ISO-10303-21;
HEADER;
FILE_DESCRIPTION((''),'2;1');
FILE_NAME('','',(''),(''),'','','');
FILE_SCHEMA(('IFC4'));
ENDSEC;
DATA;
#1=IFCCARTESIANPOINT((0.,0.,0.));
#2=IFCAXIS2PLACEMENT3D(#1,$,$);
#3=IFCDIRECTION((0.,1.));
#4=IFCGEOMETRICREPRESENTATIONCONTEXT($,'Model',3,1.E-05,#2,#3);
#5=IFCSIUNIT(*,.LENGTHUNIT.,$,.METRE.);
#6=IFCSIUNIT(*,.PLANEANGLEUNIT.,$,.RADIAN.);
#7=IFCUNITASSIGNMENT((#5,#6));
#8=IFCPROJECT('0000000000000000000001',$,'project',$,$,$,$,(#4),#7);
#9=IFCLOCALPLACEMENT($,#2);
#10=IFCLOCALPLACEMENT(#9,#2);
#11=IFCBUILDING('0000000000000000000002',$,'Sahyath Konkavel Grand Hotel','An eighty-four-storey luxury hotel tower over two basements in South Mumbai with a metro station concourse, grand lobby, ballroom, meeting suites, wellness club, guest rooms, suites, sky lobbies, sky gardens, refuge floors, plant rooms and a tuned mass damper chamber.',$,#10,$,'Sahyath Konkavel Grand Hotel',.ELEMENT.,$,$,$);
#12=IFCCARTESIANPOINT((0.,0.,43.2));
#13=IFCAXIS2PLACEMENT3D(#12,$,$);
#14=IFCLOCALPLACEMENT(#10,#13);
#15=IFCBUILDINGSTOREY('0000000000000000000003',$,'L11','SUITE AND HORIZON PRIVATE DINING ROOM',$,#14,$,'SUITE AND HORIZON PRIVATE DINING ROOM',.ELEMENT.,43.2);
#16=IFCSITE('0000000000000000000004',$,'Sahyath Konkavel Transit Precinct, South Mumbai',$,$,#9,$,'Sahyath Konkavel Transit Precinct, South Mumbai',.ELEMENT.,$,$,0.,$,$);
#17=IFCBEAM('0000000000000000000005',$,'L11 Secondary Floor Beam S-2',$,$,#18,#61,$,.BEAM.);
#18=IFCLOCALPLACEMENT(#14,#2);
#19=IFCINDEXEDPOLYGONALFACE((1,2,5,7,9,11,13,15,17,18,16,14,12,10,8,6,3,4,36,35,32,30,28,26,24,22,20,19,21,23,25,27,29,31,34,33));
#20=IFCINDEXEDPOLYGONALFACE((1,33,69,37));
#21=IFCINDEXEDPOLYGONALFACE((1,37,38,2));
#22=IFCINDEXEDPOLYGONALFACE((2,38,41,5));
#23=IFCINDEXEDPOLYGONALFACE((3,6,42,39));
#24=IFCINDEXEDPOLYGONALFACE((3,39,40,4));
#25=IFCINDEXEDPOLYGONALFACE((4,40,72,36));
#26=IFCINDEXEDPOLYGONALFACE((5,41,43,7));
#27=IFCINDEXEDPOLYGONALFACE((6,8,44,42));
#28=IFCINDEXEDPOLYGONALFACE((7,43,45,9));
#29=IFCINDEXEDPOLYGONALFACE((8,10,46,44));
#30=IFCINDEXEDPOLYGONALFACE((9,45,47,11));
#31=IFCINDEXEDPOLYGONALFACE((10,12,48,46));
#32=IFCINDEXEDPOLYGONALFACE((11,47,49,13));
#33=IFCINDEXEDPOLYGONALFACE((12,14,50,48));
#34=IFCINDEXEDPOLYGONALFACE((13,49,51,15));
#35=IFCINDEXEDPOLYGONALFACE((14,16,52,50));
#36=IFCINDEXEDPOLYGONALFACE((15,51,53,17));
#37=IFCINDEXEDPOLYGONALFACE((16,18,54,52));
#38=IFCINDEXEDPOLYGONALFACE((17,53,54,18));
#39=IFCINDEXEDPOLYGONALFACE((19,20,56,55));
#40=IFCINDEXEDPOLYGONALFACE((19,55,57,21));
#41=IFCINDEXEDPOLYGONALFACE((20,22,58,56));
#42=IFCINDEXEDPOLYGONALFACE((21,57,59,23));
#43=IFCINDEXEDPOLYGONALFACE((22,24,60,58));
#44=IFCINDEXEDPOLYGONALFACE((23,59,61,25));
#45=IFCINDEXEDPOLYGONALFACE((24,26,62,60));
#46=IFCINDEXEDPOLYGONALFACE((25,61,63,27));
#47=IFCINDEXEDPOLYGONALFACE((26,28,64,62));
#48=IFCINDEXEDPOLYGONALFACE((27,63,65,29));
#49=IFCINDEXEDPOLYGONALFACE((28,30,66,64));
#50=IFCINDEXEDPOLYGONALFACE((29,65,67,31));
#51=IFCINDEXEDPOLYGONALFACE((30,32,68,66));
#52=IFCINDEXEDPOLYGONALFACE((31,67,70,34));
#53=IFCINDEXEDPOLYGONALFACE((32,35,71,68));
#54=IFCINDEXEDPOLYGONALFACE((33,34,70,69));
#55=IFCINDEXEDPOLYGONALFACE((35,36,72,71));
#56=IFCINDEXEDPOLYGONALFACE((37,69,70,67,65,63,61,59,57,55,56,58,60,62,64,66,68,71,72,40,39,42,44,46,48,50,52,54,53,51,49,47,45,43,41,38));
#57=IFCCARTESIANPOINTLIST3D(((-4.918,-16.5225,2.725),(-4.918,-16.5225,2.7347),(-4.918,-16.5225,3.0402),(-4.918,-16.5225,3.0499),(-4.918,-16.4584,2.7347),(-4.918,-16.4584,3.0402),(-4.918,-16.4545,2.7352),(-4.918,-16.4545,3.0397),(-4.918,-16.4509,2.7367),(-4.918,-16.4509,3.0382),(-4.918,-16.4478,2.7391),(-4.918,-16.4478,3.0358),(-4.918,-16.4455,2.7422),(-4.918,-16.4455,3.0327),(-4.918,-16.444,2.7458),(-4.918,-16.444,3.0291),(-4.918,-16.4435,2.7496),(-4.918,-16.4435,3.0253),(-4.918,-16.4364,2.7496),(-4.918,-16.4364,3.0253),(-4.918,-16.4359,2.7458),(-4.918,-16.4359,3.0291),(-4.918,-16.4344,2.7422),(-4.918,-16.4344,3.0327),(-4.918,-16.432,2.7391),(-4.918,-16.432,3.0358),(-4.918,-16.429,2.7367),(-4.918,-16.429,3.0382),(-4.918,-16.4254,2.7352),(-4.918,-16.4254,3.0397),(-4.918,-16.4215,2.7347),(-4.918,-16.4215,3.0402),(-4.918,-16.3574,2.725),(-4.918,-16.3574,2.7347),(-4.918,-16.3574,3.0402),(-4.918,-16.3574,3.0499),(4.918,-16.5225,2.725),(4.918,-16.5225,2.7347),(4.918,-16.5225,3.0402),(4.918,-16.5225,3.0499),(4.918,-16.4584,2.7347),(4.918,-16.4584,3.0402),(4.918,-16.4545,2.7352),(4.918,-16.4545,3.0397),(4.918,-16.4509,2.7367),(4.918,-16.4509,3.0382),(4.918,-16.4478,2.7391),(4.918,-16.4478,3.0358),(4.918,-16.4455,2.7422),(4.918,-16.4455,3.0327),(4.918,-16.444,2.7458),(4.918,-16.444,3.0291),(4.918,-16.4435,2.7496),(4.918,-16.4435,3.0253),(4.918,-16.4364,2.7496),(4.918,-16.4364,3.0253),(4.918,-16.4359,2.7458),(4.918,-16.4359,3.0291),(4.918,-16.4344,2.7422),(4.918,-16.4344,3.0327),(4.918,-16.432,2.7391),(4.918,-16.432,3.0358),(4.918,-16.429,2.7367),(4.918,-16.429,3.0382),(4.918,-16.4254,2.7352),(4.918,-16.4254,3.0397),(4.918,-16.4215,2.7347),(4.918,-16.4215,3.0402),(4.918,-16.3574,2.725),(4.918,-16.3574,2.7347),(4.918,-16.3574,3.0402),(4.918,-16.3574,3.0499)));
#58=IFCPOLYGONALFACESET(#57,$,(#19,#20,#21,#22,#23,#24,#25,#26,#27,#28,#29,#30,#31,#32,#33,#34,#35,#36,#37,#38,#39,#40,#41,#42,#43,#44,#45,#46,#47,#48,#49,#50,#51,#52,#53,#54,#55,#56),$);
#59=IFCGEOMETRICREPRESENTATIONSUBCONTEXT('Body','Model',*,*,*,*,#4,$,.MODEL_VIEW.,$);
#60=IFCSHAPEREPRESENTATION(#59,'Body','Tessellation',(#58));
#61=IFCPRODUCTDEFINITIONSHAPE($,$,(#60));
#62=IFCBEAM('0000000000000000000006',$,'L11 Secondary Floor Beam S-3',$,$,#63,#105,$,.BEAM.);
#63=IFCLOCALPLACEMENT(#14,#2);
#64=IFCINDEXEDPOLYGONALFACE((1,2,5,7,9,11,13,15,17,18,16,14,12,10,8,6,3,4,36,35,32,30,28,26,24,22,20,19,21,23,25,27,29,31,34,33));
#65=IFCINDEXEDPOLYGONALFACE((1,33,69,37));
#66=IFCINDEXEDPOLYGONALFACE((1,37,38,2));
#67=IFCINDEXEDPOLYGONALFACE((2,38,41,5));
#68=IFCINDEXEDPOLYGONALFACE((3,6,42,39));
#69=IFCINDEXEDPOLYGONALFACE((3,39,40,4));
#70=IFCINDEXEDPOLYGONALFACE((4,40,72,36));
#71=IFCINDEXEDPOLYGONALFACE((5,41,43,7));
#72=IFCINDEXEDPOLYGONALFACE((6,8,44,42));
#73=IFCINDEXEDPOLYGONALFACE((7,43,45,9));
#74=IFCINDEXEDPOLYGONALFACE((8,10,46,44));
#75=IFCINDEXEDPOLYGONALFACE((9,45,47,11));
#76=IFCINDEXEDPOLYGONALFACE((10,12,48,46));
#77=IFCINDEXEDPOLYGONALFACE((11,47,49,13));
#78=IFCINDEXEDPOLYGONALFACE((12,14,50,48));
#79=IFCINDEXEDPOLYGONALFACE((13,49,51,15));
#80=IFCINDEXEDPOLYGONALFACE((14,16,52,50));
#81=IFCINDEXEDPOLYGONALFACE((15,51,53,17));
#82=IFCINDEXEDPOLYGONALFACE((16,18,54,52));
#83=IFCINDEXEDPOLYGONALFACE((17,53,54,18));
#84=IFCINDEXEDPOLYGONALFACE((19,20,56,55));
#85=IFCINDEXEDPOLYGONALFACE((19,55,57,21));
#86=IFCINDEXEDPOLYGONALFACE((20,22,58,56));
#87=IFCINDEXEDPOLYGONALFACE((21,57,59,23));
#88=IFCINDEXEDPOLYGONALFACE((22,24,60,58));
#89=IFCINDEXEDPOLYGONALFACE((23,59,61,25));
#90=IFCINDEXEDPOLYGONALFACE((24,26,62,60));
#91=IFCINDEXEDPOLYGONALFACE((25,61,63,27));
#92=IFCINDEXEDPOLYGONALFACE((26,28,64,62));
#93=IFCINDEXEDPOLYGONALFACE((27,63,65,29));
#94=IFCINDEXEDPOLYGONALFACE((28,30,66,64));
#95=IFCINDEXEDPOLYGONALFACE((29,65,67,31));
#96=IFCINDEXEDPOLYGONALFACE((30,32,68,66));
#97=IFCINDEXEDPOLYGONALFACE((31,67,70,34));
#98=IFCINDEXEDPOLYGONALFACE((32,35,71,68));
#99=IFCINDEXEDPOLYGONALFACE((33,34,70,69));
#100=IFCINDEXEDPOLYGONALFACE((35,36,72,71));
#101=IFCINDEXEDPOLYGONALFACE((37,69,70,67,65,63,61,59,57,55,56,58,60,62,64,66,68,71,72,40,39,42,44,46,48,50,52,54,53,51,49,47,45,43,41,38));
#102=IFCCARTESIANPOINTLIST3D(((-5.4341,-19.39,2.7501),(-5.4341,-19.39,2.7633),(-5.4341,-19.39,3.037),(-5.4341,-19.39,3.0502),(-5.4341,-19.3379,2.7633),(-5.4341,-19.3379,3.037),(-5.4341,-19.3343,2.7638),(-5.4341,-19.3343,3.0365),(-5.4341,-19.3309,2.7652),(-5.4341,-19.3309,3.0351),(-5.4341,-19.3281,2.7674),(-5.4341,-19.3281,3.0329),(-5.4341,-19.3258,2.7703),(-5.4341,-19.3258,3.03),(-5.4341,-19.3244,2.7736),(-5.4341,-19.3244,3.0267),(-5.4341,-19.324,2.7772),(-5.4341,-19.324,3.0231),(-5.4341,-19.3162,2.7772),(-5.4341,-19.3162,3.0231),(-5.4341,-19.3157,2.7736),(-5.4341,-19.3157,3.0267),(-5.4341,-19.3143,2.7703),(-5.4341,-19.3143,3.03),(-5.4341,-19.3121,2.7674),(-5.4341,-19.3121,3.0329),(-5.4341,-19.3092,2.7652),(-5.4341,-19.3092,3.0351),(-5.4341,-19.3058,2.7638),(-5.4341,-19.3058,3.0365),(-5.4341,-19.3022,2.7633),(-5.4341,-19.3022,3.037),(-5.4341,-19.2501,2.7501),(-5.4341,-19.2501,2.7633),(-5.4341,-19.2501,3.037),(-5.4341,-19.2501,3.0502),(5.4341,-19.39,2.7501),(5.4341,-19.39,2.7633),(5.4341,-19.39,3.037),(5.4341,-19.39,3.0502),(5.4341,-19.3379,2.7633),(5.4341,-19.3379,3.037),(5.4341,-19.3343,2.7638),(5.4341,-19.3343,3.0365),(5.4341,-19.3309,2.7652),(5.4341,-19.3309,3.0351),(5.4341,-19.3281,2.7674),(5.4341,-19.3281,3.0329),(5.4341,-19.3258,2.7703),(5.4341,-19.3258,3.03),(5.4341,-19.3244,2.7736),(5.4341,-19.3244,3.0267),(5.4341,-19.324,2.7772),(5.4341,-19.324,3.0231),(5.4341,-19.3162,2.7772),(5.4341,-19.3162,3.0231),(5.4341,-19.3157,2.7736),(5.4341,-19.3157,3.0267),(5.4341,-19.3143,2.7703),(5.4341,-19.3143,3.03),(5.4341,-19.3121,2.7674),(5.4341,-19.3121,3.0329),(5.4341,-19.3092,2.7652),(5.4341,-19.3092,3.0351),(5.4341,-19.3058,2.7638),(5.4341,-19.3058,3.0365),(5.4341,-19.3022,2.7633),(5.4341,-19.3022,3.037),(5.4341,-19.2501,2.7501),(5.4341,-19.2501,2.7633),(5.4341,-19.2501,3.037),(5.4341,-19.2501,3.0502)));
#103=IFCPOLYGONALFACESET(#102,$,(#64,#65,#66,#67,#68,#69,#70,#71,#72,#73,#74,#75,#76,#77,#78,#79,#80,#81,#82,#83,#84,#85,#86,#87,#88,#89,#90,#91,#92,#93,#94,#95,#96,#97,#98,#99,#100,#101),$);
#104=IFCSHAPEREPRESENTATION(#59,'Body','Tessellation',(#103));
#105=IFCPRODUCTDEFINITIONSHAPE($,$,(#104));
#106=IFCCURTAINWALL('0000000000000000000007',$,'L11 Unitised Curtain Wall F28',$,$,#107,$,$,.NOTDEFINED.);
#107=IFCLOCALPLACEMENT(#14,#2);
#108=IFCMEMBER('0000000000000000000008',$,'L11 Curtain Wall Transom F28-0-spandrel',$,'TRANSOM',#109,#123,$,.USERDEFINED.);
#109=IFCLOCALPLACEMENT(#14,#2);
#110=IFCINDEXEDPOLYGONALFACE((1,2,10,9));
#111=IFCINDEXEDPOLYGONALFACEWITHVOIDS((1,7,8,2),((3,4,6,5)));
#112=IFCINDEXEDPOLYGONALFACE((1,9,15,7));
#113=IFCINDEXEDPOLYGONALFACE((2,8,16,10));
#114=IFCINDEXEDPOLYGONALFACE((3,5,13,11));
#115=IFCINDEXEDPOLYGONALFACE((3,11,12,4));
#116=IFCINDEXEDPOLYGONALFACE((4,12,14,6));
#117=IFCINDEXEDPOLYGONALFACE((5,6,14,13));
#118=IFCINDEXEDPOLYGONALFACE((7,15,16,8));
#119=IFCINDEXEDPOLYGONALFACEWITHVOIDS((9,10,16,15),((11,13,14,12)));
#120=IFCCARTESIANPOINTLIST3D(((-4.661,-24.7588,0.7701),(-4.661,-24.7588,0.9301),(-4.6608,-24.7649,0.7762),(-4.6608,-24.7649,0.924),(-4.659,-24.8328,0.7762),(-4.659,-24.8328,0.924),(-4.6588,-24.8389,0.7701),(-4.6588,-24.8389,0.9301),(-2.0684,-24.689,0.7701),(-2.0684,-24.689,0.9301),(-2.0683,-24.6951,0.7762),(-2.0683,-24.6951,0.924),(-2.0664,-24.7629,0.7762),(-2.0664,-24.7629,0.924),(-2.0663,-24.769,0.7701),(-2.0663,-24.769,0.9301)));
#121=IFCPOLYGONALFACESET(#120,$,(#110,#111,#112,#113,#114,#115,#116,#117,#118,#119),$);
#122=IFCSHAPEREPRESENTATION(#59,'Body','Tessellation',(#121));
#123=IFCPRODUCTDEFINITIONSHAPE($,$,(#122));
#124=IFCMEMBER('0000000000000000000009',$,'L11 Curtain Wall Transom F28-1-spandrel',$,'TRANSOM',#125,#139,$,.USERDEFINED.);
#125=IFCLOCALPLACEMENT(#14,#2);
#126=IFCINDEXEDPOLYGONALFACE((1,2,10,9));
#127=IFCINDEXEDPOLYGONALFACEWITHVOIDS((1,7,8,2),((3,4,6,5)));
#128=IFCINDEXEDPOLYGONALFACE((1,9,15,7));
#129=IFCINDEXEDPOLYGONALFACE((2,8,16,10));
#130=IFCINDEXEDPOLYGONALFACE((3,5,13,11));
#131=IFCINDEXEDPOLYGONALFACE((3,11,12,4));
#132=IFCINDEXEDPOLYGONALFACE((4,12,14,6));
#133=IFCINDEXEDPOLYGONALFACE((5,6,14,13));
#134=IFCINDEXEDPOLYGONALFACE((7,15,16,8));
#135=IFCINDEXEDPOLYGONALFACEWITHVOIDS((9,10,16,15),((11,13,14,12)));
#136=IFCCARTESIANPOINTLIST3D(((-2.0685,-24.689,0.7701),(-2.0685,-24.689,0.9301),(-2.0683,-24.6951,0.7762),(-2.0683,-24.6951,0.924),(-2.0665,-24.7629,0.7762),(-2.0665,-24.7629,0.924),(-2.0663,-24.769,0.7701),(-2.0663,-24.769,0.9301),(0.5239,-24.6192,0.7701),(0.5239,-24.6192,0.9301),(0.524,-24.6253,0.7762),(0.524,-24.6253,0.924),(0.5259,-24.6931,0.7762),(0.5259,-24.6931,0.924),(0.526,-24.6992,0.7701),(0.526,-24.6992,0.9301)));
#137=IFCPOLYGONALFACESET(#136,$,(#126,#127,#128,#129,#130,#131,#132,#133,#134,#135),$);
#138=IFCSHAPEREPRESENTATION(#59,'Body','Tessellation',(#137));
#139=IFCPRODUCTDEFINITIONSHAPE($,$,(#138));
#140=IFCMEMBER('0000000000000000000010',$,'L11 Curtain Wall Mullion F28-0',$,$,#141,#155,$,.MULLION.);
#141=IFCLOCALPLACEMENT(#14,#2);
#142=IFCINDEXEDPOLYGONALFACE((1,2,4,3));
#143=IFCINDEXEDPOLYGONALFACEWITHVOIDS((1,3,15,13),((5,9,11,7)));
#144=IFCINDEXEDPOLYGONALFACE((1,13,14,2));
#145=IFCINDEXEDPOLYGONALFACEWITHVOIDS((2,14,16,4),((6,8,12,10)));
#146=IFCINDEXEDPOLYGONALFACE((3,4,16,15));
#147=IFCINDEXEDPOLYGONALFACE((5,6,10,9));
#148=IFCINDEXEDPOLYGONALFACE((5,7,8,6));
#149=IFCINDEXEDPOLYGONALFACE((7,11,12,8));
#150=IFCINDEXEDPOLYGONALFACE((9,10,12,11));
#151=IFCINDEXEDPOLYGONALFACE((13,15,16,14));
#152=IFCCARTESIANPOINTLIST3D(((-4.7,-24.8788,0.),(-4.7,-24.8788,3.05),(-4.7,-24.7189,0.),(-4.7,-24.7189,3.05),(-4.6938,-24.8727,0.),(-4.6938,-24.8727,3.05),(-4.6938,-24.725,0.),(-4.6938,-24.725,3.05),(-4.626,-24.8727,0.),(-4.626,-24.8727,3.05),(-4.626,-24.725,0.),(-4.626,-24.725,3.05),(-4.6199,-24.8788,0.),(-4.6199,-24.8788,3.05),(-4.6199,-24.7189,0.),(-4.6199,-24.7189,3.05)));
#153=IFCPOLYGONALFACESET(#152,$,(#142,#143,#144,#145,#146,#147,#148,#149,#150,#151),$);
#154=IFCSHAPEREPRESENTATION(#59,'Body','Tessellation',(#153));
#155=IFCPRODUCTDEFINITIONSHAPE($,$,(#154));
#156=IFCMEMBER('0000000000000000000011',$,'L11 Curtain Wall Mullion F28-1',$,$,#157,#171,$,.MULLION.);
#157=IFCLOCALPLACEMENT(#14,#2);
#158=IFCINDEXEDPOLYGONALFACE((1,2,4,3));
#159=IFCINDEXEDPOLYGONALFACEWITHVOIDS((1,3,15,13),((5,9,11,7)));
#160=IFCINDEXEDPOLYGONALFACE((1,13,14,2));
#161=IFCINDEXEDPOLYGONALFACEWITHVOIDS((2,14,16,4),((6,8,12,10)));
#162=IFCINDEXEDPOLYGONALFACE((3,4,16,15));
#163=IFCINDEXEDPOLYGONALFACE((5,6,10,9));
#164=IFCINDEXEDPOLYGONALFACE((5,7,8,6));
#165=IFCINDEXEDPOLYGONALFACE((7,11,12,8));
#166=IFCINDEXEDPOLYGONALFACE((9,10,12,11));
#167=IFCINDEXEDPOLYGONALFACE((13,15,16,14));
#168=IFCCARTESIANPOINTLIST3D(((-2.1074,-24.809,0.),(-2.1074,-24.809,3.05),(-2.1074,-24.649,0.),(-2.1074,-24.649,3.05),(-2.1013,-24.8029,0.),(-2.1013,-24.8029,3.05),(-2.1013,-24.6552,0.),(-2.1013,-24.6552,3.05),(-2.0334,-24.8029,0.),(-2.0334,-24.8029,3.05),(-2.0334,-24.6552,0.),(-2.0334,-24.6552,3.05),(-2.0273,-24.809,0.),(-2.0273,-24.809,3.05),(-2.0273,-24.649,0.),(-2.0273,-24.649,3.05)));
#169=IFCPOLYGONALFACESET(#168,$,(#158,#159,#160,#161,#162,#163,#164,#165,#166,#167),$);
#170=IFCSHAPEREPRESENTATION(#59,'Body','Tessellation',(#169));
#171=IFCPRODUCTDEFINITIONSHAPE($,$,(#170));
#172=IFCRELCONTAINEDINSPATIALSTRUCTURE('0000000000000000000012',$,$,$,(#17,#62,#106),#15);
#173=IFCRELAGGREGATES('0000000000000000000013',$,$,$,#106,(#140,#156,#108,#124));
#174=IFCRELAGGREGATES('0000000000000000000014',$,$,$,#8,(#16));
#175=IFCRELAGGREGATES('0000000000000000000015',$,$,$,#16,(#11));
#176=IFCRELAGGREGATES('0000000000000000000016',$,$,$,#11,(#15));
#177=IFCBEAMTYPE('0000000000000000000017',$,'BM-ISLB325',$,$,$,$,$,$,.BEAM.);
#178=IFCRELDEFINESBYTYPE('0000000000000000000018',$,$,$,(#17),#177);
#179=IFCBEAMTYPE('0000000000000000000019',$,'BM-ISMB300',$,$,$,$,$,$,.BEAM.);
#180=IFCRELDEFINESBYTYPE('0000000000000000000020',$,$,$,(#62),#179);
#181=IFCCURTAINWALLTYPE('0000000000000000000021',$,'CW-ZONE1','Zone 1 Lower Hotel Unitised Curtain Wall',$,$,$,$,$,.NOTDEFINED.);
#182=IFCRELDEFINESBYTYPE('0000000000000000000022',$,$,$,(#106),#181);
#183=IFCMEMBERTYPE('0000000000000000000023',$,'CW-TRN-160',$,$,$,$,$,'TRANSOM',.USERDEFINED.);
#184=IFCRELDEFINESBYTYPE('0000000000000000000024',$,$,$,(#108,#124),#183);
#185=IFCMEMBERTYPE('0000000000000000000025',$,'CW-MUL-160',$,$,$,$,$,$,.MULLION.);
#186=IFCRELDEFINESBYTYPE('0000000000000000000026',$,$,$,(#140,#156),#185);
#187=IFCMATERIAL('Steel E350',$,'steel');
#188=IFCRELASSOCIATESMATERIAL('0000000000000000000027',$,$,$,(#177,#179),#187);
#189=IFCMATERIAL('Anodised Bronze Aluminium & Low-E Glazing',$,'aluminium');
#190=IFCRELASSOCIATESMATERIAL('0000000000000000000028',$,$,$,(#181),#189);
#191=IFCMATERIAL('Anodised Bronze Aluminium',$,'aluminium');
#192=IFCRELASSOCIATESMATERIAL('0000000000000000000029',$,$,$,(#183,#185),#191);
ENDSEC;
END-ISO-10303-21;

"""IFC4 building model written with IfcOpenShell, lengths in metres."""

from ifc_helpers import new_model, si_unit, direction, frame, origin, origin_2d, place, context, subcontext, project, spatial, hollow_rectangle, i_section, extrude, source, transform, mapped, material, material_profile, profile_set, type_object, element, aggregate, save


model = new_model("IFC4")

# Units and contexts
model_context = context("Model", 3, precision=1e-05, world=origin(), true_north=direction((0.0, 1.0)))
body_context = subcontext(model_context, "Body", "Model", "MODEL_VIEW")
ifc_project = project(units=[si_unit("LENGTHUNIT", "METRE"), si_unit("PLANEANGLEUNIT", "RADIAN")], contexts=[model_context])

# Site, building, storey
site_placement = place(None, origin())
site = spatial("IfcSite", under=ifc_project, at=site_placement, Name="Sahyath Konkavel Transit Precinct, South Mumbai", LongName="Sahyath Konkavel Transit Precinct, South Mumbai", CompositionType="ELEMENT", RefElevation=0.0)
building_placement = place(site_placement, origin())
building = spatial("IfcBuilding", under=site, at=building_placement, Name="Sahyath Konkavel Grand Hotel", Description="An eighty-four-storey luxury hotel tower over two basements in South Mumbai with a metro station concourse, grand lobby, ballroom, meeting suites, wellness club, guest rooms, suites, sky lobbies, sky gardens, refuge floors, plant rooms and a tuned mass damper chamber.", LongName="Sahyath Konkavel Grand Hotel", CompositionType="ELEMENT")
storey_placement = place(building_placement, frame((0.0, 0.0, 43.2)))
storey = spatial("IfcBuildingStorey", under=building, at=storey_placement, Name="L11", Description="SUITE AND HORIZON PRIVATE DINING ROOM", LongName="SUITE AND HORIZON PRIVATE DINING ROOM", CompositionType="ELEMENT", Elevation=43.2)

# Beams
ifc_material_1 = material(Name="Steel E350", Category="steel")
ifc_material_profile_1 = material_profile(ifc_material_1, i_section(OverallWidth=0.165, OverallDepth=0.325, WebThickness=0.0071, FlangeThickness=0.0098, FilletRadius=0.0149, at=origin_2d()), Name="ISLB 325")
ifc_profile_set_1 = profile_set([ifc_material_profile_1], Name="Steel E350")
beam_type_1 = type_object("IfcBeamType", Name="BM-ISLB325", PredefinedType="BEAM", material=ifc_profile_set_1)
shared_shape_1 = source(origin(), body_context, "Body", "SweptSolid", [
    extrude(i_section(OverallWidth=0.165, OverallDepth=0.325, WebThickness=0.0071, FlangeThickness=0.0098, FilletRadius=0.0149, at=origin_2d()), origin(), (0.0, 0.0, 1.0), 9.8359),
])
beam_1_placement = place(storey_placement, frame((-4.918, -16.4399, 2.8875), z_axis=(1.0, 0.0, 0.0), x_axis=(0.0, 1.0, 0.0)))
element("IfcBeam", 1, at=beam_1_placement, inside=storey, type_object=beam_type_1, Name="L11 Secondary Floor Beam S-2", PredefinedType="BEAM", context=body_context, shape_type="MappedRepresentation", body=[
    mapped(shared_shape_1, transform((0.0, 0.0, 0.0), scale=1.0)),
])
ifc_material_profile_2 = material_profile(ifc_material_1, i_section(OverallWidth=0.1399, OverallDepth=0.3, WebThickness=0.0078, FlangeThickness=0.0132, FilletRadius=0.0139, at=origin_2d()), Name="ISMB 300")
ifc_profile_set_2 = profile_set([ifc_material_profile_2], Name="Steel E350")
beam_type_2 = type_object("IfcBeamType", Name="BM-ISMB300", PredefinedType="BEAM", material=ifc_profile_set_2)
shared_shape_2 = source(origin(), body_context, "Body", "SweptSolid", [
    extrude(i_section(OverallWidth=0.1399, OverallDepth=0.3, WebThickness=0.0078, FlangeThickness=0.0132, FilletRadius=0.0139, at=origin_2d()), origin(), (0.0, 0.0, 1.0), 10.8682),
])
beam_2_placement = place(storey_placement, frame((-5.4341, -19.3201, 2.9001), z_axis=(1.0, 0.0, 0.0), x_axis=(0.0, 1.0, 0.0)))
element("IfcBeam", 2, at=beam_2_placement, inside=storey, type_object=beam_type_2, Name="L11 Secondary Floor Beam S-3", PredefinedType="BEAM", context=body_context, shape_type="MappedRepresentation", body=[
    mapped(shared_shape_2, transform((0.0, 0.0, 0.0), scale=1.0)),
])

# Curtain wall, members
ifc_material_2 = material(Name="Anodised Bronze Aluminium & Low-E Glazing", Category="aluminium")
curtain_wall_type = type_object("IfcCurtainWallType", Name="CW-ZONE1", Description="Zone 1 Lower Hotel Unitised Curtain Wall", PredefinedType="NOTDEFINED", material=ifc_material_2)
curtain_wall_placement = place(storey_placement, origin())
curtain_wall = element("IfcCurtainWall", 3, at=curtain_wall_placement, inside=storey, type_object=curtain_wall_type, Name="L11 Unitised Curtain Wall F28", PredefinedType="NOTDEFINED")
ifc_material_3 = material(Name="Anodised Bronze Aluminium", Category="aluminium")
ifc_material_profile_3 = material_profile(ifc_material_3, hollow_rectangle(XDim=0.0801, YDim=0.1599, WallThickness=0.0061, at=origin_2d()), Name="RHS 160x80x6")
ifc_profile_set_3 = profile_set([ifc_material_profile_3], Name="Anodised Bronze Aluminium")
member_type_1 = type_object("IfcMemberType", Name="CW-TRN-160", ElementType="TRANSOM", PredefinedType="USERDEFINED", material=ifc_profile_set_3)
shared_shape_3 = source(origin(), body_context, "Body", "SweptSolid", [
    extrude(hollow_rectangle(XDim=0.0801, YDim=0.1599, WallThickness=0.0061, at=origin_2d()), origin(), (0.0, 0.0, 1.0), 2.5935),
])
member_1_placement = place(storey_placement, frame((-4.6599, -24.7988, 0.8501), z_axis=(0.999638, 0.026923, 0.0), x_axis=(-0.026923, 0.999638, 0.0)))
member_1 = element("IfcMember", 4, at=member_1_placement, type_object=member_type_1, Name="L11 Curtain Wall Transom F28-0-spandrel", ObjectType="TRANSOM", PredefinedType="USERDEFINED", context=body_context, shape_type="MappedRepresentation", body=[
    mapped(shared_shape_3, transform((0.0, 0.0, 0.0), scale=1.0)),
])
shared_shape_4 = source(origin(), body_context, "Body", "SweptSolid", [
    extrude(hollow_rectangle(XDim=0.0801, YDim=0.1599, WallThickness=0.0061, at=origin_2d()), origin(), (0.0, 0.0, 1.0), 2.5933),
])
member_2_placement = place(storey_placement, frame((-2.0674, -24.729, 0.8501), z_axis=(0.999637, 0.026926, 0.0), x_axis=(-0.026926, 0.999637, 0.0)))
member_2 = element("IfcMember", 5, at=member_2_placement, type_object=member_type_1, Name="L11 Curtain Wall Transom F28-1-spandrel", ObjectType="TRANSOM", PredefinedType="USERDEFINED", context=body_context, shape_type="MappedRepresentation", body=[
    mapped(shared_shape_4, transform((0.0, 0.0, 0.0), scale=1.0)),
])
ifc_material_profile_4 = material_profile(ifc_material_3, hollow_rectangle(XDim=0.0801, YDim=0.1599, WallThickness=0.0061, at=origin_2d()), Name="RHS 160x80x6")
ifc_profile_set_4 = profile_set([ifc_material_profile_4], Name="Anodised Bronze Aluminium")
member_type_2 = type_object("IfcMemberType", Name="CW-MUL-160", PredefinedType="MULLION", material=ifc_profile_set_4)
shared_shape_5 = source(origin(), body_context, "Body", "SweptSolid", [
    extrude(hollow_rectangle(XDim=0.0801, YDim=0.1599, WallThickness=0.0061, at=origin_2d()), origin(), (0.0, 0.0, 1.0), 3.05),
])
member_3_placement = place(storey_placement, frame((-4.6599, -24.7988, 0.0), z_axis=(0.0, 0.0, 1.0), x_axis=(1.0, 0.0, 0.0)))
member_3 = element("IfcMember", 6, at=member_3_placement, type_object=member_type_2, Name="L11 Curtain Wall Mullion F28-0", PredefinedType="MULLION", context=body_context, shape_type="MappedRepresentation", body=[
    mapped(shared_shape_5, transform((0.0, 0.0, 0.0), scale=1.0)),
])
member_4_placement = place(storey_placement, frame((-2.0674, -24.729, 0.0), z_axis=(0.0, 0.0, 1.0), x_axis=(1.0, 0.0, 0.0)))
member_4 = element("IfcMember", 7, at=member_4_placement, type_object=member_type_2, Name="L11 Curtain Wall Mullion F28-1", PredefinedType="MULLION", context=body_context, shape_type="MappedRepresentation", body=[
    mapped(shared_shape_5, transform((0.0, 0.0, 0.0), scale=1.0)),
])
aggregate(curtain_wall, [member_3, member_4, member_1, member_2])

save(model, "model.ifc")
